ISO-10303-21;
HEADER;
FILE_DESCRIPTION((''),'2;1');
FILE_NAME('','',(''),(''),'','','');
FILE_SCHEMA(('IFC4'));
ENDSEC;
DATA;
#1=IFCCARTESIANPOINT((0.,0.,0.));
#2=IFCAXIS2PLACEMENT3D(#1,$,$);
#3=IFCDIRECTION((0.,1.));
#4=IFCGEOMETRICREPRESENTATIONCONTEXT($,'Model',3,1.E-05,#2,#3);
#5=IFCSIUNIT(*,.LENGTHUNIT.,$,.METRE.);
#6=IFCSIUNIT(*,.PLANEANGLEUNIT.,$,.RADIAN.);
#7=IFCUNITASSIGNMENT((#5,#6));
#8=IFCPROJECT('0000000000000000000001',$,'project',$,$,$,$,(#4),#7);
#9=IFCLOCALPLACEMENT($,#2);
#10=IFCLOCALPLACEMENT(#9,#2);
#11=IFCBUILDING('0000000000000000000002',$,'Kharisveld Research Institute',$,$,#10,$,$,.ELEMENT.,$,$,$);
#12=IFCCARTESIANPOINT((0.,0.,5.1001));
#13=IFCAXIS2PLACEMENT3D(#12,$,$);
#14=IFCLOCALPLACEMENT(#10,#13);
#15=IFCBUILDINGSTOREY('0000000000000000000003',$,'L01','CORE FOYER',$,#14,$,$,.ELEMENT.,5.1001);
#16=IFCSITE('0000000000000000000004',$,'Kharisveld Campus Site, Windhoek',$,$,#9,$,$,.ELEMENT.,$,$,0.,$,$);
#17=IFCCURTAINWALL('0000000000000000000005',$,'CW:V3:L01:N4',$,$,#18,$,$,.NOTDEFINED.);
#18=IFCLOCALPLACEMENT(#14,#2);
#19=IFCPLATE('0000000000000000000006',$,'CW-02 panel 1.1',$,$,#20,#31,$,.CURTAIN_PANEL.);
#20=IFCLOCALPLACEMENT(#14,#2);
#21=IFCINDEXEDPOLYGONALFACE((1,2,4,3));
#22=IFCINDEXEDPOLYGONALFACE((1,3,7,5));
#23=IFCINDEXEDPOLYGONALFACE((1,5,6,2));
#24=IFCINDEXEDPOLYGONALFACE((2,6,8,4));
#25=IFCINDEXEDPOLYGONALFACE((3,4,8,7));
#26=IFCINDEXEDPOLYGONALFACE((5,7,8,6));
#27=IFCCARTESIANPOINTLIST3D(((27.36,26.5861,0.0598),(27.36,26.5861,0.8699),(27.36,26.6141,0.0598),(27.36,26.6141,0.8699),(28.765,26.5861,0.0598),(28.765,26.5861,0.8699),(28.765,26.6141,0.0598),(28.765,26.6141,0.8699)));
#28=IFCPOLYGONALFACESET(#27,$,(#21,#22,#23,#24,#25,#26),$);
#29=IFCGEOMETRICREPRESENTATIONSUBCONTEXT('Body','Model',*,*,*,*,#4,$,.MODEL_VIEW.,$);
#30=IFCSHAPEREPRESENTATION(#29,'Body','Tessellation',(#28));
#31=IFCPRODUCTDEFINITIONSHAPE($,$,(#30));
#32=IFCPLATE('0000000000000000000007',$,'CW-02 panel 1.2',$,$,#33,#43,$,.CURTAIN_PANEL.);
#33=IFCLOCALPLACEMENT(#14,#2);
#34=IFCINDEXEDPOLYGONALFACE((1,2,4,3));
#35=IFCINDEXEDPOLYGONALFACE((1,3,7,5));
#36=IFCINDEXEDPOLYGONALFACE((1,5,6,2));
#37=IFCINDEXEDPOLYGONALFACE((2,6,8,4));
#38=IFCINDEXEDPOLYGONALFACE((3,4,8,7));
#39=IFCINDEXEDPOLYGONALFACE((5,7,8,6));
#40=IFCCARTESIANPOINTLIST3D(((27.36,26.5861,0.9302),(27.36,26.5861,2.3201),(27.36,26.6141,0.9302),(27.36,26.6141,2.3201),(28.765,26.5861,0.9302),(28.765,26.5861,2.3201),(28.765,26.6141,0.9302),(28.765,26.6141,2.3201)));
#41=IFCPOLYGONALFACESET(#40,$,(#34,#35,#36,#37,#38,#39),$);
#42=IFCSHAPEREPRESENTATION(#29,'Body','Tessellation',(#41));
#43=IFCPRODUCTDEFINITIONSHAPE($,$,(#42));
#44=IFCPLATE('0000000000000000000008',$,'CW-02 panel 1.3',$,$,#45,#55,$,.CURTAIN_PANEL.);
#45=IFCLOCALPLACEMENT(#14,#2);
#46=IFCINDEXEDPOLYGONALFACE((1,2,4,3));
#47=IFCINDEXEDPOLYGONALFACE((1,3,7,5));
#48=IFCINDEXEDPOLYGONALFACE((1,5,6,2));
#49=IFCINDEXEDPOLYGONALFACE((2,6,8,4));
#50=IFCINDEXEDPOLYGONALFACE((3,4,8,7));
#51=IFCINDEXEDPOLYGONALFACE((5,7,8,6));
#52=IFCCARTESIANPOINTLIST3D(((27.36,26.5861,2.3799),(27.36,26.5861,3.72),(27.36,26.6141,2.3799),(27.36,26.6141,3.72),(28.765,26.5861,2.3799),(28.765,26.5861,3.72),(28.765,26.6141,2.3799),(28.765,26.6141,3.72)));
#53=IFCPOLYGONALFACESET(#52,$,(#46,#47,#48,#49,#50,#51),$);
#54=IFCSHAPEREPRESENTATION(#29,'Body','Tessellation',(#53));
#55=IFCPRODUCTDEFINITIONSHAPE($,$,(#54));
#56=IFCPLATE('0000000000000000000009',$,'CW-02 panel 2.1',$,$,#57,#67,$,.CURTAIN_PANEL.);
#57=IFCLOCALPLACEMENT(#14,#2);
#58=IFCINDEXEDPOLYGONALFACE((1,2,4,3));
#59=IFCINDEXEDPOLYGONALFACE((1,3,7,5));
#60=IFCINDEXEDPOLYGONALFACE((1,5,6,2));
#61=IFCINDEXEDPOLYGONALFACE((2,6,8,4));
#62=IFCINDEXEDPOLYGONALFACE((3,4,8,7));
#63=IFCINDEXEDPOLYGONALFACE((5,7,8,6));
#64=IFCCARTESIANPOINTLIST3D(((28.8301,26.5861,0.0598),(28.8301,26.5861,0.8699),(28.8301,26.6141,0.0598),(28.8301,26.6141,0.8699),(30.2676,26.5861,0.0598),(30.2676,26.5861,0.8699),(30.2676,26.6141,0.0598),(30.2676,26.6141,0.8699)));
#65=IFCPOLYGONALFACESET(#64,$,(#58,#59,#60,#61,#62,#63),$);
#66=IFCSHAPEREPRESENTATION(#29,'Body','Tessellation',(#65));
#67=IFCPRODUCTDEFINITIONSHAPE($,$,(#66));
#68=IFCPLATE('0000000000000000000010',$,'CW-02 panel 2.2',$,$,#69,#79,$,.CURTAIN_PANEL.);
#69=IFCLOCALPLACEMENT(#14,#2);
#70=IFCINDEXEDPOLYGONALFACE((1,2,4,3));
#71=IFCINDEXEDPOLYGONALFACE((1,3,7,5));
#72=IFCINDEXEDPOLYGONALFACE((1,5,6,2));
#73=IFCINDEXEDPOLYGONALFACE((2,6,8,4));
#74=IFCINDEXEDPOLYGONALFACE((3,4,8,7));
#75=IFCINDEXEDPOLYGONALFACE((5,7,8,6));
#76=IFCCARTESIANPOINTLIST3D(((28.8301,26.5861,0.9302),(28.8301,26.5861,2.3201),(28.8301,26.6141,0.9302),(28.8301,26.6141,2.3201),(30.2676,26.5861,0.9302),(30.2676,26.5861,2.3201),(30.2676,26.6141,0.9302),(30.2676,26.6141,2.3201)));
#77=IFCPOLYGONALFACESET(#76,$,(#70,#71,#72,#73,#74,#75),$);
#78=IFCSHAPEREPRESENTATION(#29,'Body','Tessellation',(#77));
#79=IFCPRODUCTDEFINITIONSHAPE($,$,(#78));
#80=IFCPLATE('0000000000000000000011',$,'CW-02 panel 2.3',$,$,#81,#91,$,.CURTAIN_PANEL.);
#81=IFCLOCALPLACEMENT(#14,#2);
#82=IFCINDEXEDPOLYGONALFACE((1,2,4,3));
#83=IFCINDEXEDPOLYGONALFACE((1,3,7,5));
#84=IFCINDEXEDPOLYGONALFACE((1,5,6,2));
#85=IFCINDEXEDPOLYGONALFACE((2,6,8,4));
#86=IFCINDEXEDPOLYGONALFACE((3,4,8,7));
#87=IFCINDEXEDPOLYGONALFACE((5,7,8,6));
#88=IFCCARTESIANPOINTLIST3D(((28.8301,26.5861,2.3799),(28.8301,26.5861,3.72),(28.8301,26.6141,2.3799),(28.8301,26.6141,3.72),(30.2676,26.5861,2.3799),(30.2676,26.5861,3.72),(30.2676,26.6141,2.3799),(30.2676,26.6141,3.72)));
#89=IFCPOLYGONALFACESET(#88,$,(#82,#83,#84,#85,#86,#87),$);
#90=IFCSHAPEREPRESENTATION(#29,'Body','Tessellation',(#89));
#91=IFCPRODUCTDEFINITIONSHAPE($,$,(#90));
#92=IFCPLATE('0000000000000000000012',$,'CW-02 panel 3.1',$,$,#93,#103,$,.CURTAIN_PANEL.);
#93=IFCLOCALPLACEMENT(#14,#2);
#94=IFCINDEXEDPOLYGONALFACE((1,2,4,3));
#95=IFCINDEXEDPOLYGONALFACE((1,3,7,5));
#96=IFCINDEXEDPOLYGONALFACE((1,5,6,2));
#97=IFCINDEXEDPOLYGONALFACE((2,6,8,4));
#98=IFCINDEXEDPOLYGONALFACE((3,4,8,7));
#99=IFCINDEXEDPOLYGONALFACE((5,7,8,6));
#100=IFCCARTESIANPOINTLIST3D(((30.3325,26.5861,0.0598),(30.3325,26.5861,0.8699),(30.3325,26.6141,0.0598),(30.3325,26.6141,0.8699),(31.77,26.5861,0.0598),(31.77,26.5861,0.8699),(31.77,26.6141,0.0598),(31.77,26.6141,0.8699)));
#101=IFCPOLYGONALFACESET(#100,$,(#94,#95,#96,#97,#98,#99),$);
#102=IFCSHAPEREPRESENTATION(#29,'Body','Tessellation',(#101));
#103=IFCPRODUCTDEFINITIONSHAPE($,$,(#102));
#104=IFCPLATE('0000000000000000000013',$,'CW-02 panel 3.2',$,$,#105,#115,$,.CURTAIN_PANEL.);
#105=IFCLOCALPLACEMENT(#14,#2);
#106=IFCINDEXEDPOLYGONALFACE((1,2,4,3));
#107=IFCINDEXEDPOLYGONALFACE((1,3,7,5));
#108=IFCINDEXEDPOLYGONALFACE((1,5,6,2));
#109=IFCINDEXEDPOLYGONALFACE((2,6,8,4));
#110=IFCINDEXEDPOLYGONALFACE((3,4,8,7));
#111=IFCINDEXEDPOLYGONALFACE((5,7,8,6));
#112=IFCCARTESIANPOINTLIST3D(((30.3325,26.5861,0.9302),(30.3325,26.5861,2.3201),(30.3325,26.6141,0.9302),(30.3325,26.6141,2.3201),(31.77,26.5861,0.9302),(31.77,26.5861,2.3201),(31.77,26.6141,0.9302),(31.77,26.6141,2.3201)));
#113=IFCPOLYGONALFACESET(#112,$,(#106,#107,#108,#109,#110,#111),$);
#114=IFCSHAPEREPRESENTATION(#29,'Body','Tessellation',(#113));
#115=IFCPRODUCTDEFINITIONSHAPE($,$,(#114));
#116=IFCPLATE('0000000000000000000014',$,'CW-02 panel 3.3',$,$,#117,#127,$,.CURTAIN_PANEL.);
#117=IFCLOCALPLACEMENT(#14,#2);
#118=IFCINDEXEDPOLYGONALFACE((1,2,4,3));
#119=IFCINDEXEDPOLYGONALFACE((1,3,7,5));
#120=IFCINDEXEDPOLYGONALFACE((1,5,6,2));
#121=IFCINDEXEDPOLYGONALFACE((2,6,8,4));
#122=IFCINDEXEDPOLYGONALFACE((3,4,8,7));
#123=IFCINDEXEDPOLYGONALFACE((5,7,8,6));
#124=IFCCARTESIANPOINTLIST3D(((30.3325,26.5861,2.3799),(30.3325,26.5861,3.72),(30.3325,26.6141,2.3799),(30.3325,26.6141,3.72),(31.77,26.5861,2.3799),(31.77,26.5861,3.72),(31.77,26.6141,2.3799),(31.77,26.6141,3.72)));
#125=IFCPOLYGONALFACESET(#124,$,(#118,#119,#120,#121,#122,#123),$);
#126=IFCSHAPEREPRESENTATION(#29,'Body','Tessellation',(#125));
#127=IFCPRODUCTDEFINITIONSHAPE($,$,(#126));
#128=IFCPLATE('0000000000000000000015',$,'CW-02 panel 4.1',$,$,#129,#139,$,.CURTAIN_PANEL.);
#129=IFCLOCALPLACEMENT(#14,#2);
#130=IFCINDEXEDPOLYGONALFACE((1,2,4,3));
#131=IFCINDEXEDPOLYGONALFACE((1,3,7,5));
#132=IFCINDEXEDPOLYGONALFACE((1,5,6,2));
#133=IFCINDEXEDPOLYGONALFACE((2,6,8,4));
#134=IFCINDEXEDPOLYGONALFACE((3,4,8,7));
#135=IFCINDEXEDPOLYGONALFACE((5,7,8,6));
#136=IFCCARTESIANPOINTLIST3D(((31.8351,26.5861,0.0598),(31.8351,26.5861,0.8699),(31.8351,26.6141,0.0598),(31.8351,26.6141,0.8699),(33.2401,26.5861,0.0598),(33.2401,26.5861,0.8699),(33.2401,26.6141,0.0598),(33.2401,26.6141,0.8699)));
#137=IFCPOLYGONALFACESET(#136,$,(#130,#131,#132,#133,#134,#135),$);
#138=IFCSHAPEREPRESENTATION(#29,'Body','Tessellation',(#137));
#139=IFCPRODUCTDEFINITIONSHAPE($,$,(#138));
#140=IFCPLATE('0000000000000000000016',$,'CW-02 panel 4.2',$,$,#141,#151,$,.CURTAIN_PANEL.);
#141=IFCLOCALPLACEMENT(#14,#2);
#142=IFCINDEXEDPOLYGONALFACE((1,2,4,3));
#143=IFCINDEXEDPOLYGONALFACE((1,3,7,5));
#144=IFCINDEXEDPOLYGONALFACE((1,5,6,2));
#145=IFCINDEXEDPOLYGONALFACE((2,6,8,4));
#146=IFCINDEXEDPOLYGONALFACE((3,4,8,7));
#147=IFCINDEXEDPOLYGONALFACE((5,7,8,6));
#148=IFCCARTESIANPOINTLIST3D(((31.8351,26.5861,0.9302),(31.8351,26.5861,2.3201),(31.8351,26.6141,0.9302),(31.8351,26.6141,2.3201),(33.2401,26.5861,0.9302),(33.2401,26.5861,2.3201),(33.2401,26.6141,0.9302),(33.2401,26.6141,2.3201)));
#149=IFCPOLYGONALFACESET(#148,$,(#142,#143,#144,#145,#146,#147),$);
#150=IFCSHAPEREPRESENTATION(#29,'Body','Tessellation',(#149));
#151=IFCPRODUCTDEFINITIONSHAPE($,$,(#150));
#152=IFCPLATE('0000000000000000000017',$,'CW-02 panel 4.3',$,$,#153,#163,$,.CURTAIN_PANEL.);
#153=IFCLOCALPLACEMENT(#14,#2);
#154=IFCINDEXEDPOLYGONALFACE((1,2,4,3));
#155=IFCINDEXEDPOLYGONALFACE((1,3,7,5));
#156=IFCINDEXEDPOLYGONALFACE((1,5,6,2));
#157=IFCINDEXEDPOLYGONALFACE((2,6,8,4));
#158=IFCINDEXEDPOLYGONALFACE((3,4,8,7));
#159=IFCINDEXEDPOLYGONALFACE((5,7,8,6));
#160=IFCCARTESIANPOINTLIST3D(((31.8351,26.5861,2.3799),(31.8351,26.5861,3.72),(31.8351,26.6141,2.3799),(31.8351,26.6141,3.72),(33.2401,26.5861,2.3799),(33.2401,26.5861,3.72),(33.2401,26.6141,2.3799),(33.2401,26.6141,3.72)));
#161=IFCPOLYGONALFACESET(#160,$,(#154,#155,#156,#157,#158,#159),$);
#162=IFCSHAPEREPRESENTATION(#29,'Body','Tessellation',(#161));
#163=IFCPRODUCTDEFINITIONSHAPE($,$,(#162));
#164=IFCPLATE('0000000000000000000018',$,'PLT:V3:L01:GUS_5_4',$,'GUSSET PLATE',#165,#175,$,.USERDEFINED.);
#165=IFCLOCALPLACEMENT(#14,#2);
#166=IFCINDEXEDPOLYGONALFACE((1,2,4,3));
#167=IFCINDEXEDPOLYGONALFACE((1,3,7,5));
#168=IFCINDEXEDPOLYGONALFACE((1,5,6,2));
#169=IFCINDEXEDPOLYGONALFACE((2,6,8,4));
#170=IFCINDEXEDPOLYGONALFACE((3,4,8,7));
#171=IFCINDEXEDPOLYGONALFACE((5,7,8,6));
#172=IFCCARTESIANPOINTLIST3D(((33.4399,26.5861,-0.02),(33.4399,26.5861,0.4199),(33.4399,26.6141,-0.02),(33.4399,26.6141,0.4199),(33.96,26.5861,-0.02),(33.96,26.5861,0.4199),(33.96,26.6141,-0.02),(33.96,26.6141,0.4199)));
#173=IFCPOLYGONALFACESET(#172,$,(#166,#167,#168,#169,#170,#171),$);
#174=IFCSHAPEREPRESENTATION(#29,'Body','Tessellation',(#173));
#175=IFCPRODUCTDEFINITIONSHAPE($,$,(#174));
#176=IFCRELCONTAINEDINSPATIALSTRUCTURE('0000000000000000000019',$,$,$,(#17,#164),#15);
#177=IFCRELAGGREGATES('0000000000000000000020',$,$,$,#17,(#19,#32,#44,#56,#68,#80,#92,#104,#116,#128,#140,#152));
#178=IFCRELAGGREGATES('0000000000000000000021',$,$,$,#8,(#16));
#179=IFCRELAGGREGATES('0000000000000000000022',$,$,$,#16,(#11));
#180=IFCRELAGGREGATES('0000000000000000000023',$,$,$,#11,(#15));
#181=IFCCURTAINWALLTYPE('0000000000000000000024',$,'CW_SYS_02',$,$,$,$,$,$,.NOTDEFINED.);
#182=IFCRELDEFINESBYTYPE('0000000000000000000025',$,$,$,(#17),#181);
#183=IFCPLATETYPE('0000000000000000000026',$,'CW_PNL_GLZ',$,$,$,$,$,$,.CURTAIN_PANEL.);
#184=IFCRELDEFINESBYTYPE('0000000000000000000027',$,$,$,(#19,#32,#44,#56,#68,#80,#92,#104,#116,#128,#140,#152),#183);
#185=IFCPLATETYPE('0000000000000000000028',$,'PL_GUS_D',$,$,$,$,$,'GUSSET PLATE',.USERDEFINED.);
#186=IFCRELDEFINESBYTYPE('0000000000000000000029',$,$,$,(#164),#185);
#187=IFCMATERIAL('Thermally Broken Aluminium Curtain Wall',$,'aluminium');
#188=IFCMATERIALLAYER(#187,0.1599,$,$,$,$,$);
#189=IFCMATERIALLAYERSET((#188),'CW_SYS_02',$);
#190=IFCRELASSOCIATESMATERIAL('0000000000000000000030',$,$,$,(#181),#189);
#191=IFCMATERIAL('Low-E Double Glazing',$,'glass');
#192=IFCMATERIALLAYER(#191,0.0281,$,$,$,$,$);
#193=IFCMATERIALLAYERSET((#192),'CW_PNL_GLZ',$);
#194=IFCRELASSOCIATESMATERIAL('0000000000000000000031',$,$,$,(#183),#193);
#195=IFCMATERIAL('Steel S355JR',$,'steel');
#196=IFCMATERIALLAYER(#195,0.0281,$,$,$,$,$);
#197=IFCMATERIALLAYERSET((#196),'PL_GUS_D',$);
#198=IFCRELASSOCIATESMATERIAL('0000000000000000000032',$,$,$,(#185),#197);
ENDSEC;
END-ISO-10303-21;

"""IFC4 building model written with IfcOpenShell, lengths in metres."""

from ifc_helpers import new_model, si_unit, direction, frame, origin, origin_2d, place, context, subcontext, project, spatial, rectangle, extrude, material, layer, layer_set, type_object, element, aggregate, save


model = new_model("IFC4")

# Units and contexts
model_context = context("Model", 3, precision=1e-05, world=origin(), true_north=direction((0.0, 1.0)))
body_context = subcontext(model_context, "Body", "Model", "MODEL_VIEW")
ifc_project = project(units=[si_unit("LENGTHUNIT", "METRE"), si_unit("PLANEANGLEUNIT", "RADIAN")], contexts=[model_context])

# Site, building, storey
site_placement = place(None, origin())
site = spatial("IfcSite", under=ifc_project, at=site_placement, Name="Kharisveld Campus Site, Windhoek", CompositionType="ELEMENT", RefElevation=0.0)
building_placement = place(site_placement, origin())
building = spatial("IfcBuilding", under=site, at=building_placement, Name="Kharisveld Research Institute", CompositionType="ELEMENT")
storey_placement = place(building_placement, frame((0.0, 0.0, 5.1001)))
storey = spatial("IfcBuildingStorey", under=building, at=storey_placement, Name="L01", Description="CORE FOYER", CompositionType="ELEMENT", Elevation=5.1001)

# Curtain wall, plates
ifc_material_1 = material(Name="Thermally Broken Aluminium Curtain Wall", Category="aluminium")
ifc_layer_1 = layer(ifc_material_1, 0.1599)
ifc_layer_set_1 = layer_set([ifc_layer_1], Name="CW_SYS_02")
curtain_wall_type = type_object("IfcCurtainWallType", Name="CW_SYS_02", PredefinedType="NOTDEFINED", material=ifc_layer_set_1)
curtain_wall_placement = place(storey_placement, origin())
curtain_wall = element("IfcCurtainWall", 1, at=curtain_wall_placement, inside=storey, type_object=curtain_wall_type, Name="CW:V3:L01:N4", PredefinedType="NOTDEFINED")
ifc_material_2 = material(Name="Low-E Double Glazing", Category="glass")
ifc_layer_2 = layer(ifc_material_2, 0.0281)
ifc_layer_set_2 = layer_set([ifc_layer_2], Name="CW_PNL_GLZ")
plate_type_1 = type_object("IfcPlateType", Name="CW_PNL_GLZ", PredefinedType="CURTAIN_PANEL", material=ifc_layer_set_2)
plate_1_placement = place(storey_placement, frame((28.0625, 26.6001, 0.0598), z_axis=(0.0, 0.0, 1.0), x_axis=(1.0, 0.0, 0.0)))
plate_1 = element("IfcPlate", 2, at=plate_1_placement, type_object=plate_type_1, Name="CW-02 panel 1.1", PredefinedType="CURTAIN_PANEL", context=body_context, shape_type="SweptSolid", body=[
    extrude(rectangle(XDim=1.405, YDim=0.0281, at=origin_2d()), origin(), (0.0, 0.0, 1.0), 0.8101),
])
plate_2_placement = place(storey_placement, frame((28.0625, 26.6001, 0.9302), z_axis=(0.0, 0.0, 1.0), x_axis=(1.0, 0.0, 0.0)))
plate_2 = element("IfcPlate", 3, at=plate_2_placement, type_object=plate_type_1, Name="CW-02 panel 1.2", PredefinedType="CURTAIN_PANEL", context=body_context, shape_type="SweptSolid", body=[
    extrude(rectangle(XDim=1.405, YDim=0.0281, at=origin_2d()), origin(), (0.0, 0.0, 1.0), 1.3899),
])
plate_3_placement = place(storey_placement, frame((28.0625, 26.6001, 2.3799), z_axis=(0.0, 0.0, 1.0), x_axis=(1.0, 0.0, 0.0)))
plate_3 = element("IfcPlate", 4, at=plate_3_placement, type_object=plate_type_1, Name="CW-02 panel 1.3", PredefinedType="CURTAIN_PANEL", context=body_context, shape_type="SweptSolid", body=[
    extrude(rectangle(XDim=1.405, YDim=0.0281, at=origin_2d()), origin(), (0.0, 0.0, 1.0), 1.3401),
])
plate_4_placement = place(storey_placement, frame((29.5488, 26.6001, 0.0598), z_axis=(0.0, 0.0, 1.0), x_axis=(1.0, 0.0, 0.0)))
plate_4 = element("IfcPlate", 5, at=plate_4_placement, type_object=plate_type_1, Name="CW-02 panel 2.1", PredefinedType="CURTAIN_PANEL", context=body_context, shape_type="SweptSolid", body=[
    extrude(rectangle(XDim=1.4375, YDim=0.0281, at=origin_2d()), origin(), (0.0, 0.0, 1.0), 0.8101),
])
plate_5_placement = place(storey_placement, frame((29.5488, 26.6001, 0.9302), z_axis=(0.0, 0.0, 1.0), x_axis=(1.0, 0.0, 0.0)))
plate_5 = element("IfcPlate", 6, at=plate_5_placement, type_object=plate_type_1, Name="CW-02 panel 2.2", PredefinedType="CURTAIN_PANEL", context=body_context, shape_type="SweptSolid", body=[
    extrude(rectangle(XDim=1.4375, YDim=0.0281, at=origin_2d()), origin(), (0.0, 0.0, 1.0), 1.3899),
])
plate_6_placement = place(storey_placement, frame((29.5488, 26.6001, 2.3799), z_axis=(0.0, 0.0, 1.0), x_axis=(1.0, 0.0, 0.0)))
plate_6 = element("IfcPlate", 7, at=plate_6_placement, type_object=plate_type_1, Name="CW-02 panel 2.3", PredefinedType="CURTAIN_PANEL", context=body_context, shape_type="SweptSolid", body=[
    extrude(rectangle(XDim=1.4375, YDim=0.0281, at=origin_2d()), origin(), (0.0, 0.0, 1.0), 1.3401),
])
plate_7_placement = place(storey_placement, frame((31.0513, 26.6001, 0.0598), z_axis=(0.0, 0.0, 1.0), x_axis=(1.0, 0.0, 0.0)))
plate_7 = element("IfcPlate", 8, at=plate_7_placement, type_object=plate_type_1, Name="CW-02 panel 3.1", PredefinedType="CURTAIN_PANEL", context=body_context, shape_type="SweptSolid", body=[
    extrude(rectangle(XDim=1.4375, YDim=0.0281, at=origin_2d()), origin(), (0.0, 0.0, 1.0), 0.8101),
])
plate_8_placement = place(storey_placement, frame((31.0513, 26.6001, 0.9302), z_axis=(0.0, 0.0, 1.0), x_axis=(1.0, 0.0, 0.0)))
plate_8 = element("IfcPlate", 9, at=plate_8_placement, type_object=plate_type_1, Name="CW-02 panel 3.2", PredefinedType="CURTAIN_PANEL", context=body_context, shape_type="SweptSolid", body=[
    extrude(rectangle(XDim=1.4375, YDim=0.0281, at=origin_2d()), origin(), (0.0, 0.0, 1.0), 1.3899),
])
plate_9_placement = place(storey_placement, frame((31.0513, 26.6001, 2.3799), z_axis=(0.0, 0.0, 1.0), x_axis=(1.0, 0.0, 0.0)))
plate_9 = element("IfcPlate", 10, at=plate_9_placement, type_object=plate_type_1, Name="CW-02 panel 3.3", PredefinedType="CURTAIN_PANEL", context=body_context, shape_type="SweptSolid", body=[
    extrude(rectangle(XDim=1.4375, YDim=0.0281, at=origin_2d()), origin(), (0.0, 0.0, 1.0), 1.3401),
])
plate_10_placement = place(storey_placement, frame((32.5376, 26.6001, 0.0598), z_axis=(0.0, 0.0, 1.0), x_axis=(1.0, 0.0, 0.0)))
plate_10 = element("IfcPlate", 11, at=plate_10_placement, type_object=plate_type_1, Name="CW-02 panel 4.1", PredefinedType="CURTAIN_PANEL", context=body_context, shape_type="SweptSolid", body=[
    extrude(rectangle(XDim=1.405, YDim=0.0281, at=origin_2d()), origin(), (0.0, 0.0, 1.0), 0.8101),
])
plate_11_placement = place(storey_placement, frame((32.5376, 26.6001, 0.9302), z_axis=(0.0, 0.0, 1.0), x_axis=(1.0, 0.0, 0.0)))
plate_11 = element("IfcPlate", 12, at=plate_11_placement, type_object=plate_type_1, Name="CW-02 panel 4.2", PredefinedType="CURTAIN_PANEL", context=body_context, shape_type="SweptSolid", body=[
    extrude(rectangle(XDim=1.405, YDim=0.0281, at=origin_2d()), origin(), (0.0, 0.0, 1.0), 1.3899),
])
plate_12_placement = place(storey_placement, frame((32.5376, 26.6001, 2.3799), z_axis=(0.0, 0.0, 1.0), x_axis=(1.0, 0.0, 0.0)))
plate_12 = element("IfcPlate", 13, at=plate_12_placement, type_object=plate_type_1, Name="CW-02 panel 4.3", PredefinedType="CURTAIN_PANEL", context=body_context, shape_type="SweptSolid", body=[
    extrude(rectangle(XDim=1.405, YDim=0.0281, at=origin_2d()), origin(), (0.0, 0.0, 1.0), 1.3401),
])
aggregate(curtain_wall, [plate_1, plate_2, plate_3, plate_4, plate_5, plate_6, plate_7, plate_8, plate_9, plate_10, plate_11, plate_12])

# Plate
ifc_material_3 = material(Name="Steel S355JR", Category="steel")
ifc_layer_3 = layer(ifc_material_3, 0.0281)
ifc_layer_set_3 = layer_set([ifc_layer_3], Name="PL_GUS_D")
plate_type_2 = type_object("IfcPlateType", Name="PL_GUS_D", ElementType="GUSSET PLATE", PredefinedType="USERDEFINED", material=ifc_layer_set_3)
plate_13_placement = place(storey_placement, frame((33.7, 26.6001, -0.02), z_axis=(0.0, 0.0, 1.0), x_axis=(1.0, 0.0, 0.0)))
element("IfcPlate", 14, at=plate_13_placement, inside=storey, type_object=plate_type_2, Name="PLT:V3:L01:GUS_5_4", ObjectType="GUSSET PLATE", PredefinedType="USERDEFINED", context=body_context, shape_type="SweptSolid", body=[
    extrude(rectangle(XDim=0.52, YDim=0.0281, at=origin_2d()), origin(), (0.0, 0.0, 1.0), 0.4399),
])

save(model, "model.ifc")
